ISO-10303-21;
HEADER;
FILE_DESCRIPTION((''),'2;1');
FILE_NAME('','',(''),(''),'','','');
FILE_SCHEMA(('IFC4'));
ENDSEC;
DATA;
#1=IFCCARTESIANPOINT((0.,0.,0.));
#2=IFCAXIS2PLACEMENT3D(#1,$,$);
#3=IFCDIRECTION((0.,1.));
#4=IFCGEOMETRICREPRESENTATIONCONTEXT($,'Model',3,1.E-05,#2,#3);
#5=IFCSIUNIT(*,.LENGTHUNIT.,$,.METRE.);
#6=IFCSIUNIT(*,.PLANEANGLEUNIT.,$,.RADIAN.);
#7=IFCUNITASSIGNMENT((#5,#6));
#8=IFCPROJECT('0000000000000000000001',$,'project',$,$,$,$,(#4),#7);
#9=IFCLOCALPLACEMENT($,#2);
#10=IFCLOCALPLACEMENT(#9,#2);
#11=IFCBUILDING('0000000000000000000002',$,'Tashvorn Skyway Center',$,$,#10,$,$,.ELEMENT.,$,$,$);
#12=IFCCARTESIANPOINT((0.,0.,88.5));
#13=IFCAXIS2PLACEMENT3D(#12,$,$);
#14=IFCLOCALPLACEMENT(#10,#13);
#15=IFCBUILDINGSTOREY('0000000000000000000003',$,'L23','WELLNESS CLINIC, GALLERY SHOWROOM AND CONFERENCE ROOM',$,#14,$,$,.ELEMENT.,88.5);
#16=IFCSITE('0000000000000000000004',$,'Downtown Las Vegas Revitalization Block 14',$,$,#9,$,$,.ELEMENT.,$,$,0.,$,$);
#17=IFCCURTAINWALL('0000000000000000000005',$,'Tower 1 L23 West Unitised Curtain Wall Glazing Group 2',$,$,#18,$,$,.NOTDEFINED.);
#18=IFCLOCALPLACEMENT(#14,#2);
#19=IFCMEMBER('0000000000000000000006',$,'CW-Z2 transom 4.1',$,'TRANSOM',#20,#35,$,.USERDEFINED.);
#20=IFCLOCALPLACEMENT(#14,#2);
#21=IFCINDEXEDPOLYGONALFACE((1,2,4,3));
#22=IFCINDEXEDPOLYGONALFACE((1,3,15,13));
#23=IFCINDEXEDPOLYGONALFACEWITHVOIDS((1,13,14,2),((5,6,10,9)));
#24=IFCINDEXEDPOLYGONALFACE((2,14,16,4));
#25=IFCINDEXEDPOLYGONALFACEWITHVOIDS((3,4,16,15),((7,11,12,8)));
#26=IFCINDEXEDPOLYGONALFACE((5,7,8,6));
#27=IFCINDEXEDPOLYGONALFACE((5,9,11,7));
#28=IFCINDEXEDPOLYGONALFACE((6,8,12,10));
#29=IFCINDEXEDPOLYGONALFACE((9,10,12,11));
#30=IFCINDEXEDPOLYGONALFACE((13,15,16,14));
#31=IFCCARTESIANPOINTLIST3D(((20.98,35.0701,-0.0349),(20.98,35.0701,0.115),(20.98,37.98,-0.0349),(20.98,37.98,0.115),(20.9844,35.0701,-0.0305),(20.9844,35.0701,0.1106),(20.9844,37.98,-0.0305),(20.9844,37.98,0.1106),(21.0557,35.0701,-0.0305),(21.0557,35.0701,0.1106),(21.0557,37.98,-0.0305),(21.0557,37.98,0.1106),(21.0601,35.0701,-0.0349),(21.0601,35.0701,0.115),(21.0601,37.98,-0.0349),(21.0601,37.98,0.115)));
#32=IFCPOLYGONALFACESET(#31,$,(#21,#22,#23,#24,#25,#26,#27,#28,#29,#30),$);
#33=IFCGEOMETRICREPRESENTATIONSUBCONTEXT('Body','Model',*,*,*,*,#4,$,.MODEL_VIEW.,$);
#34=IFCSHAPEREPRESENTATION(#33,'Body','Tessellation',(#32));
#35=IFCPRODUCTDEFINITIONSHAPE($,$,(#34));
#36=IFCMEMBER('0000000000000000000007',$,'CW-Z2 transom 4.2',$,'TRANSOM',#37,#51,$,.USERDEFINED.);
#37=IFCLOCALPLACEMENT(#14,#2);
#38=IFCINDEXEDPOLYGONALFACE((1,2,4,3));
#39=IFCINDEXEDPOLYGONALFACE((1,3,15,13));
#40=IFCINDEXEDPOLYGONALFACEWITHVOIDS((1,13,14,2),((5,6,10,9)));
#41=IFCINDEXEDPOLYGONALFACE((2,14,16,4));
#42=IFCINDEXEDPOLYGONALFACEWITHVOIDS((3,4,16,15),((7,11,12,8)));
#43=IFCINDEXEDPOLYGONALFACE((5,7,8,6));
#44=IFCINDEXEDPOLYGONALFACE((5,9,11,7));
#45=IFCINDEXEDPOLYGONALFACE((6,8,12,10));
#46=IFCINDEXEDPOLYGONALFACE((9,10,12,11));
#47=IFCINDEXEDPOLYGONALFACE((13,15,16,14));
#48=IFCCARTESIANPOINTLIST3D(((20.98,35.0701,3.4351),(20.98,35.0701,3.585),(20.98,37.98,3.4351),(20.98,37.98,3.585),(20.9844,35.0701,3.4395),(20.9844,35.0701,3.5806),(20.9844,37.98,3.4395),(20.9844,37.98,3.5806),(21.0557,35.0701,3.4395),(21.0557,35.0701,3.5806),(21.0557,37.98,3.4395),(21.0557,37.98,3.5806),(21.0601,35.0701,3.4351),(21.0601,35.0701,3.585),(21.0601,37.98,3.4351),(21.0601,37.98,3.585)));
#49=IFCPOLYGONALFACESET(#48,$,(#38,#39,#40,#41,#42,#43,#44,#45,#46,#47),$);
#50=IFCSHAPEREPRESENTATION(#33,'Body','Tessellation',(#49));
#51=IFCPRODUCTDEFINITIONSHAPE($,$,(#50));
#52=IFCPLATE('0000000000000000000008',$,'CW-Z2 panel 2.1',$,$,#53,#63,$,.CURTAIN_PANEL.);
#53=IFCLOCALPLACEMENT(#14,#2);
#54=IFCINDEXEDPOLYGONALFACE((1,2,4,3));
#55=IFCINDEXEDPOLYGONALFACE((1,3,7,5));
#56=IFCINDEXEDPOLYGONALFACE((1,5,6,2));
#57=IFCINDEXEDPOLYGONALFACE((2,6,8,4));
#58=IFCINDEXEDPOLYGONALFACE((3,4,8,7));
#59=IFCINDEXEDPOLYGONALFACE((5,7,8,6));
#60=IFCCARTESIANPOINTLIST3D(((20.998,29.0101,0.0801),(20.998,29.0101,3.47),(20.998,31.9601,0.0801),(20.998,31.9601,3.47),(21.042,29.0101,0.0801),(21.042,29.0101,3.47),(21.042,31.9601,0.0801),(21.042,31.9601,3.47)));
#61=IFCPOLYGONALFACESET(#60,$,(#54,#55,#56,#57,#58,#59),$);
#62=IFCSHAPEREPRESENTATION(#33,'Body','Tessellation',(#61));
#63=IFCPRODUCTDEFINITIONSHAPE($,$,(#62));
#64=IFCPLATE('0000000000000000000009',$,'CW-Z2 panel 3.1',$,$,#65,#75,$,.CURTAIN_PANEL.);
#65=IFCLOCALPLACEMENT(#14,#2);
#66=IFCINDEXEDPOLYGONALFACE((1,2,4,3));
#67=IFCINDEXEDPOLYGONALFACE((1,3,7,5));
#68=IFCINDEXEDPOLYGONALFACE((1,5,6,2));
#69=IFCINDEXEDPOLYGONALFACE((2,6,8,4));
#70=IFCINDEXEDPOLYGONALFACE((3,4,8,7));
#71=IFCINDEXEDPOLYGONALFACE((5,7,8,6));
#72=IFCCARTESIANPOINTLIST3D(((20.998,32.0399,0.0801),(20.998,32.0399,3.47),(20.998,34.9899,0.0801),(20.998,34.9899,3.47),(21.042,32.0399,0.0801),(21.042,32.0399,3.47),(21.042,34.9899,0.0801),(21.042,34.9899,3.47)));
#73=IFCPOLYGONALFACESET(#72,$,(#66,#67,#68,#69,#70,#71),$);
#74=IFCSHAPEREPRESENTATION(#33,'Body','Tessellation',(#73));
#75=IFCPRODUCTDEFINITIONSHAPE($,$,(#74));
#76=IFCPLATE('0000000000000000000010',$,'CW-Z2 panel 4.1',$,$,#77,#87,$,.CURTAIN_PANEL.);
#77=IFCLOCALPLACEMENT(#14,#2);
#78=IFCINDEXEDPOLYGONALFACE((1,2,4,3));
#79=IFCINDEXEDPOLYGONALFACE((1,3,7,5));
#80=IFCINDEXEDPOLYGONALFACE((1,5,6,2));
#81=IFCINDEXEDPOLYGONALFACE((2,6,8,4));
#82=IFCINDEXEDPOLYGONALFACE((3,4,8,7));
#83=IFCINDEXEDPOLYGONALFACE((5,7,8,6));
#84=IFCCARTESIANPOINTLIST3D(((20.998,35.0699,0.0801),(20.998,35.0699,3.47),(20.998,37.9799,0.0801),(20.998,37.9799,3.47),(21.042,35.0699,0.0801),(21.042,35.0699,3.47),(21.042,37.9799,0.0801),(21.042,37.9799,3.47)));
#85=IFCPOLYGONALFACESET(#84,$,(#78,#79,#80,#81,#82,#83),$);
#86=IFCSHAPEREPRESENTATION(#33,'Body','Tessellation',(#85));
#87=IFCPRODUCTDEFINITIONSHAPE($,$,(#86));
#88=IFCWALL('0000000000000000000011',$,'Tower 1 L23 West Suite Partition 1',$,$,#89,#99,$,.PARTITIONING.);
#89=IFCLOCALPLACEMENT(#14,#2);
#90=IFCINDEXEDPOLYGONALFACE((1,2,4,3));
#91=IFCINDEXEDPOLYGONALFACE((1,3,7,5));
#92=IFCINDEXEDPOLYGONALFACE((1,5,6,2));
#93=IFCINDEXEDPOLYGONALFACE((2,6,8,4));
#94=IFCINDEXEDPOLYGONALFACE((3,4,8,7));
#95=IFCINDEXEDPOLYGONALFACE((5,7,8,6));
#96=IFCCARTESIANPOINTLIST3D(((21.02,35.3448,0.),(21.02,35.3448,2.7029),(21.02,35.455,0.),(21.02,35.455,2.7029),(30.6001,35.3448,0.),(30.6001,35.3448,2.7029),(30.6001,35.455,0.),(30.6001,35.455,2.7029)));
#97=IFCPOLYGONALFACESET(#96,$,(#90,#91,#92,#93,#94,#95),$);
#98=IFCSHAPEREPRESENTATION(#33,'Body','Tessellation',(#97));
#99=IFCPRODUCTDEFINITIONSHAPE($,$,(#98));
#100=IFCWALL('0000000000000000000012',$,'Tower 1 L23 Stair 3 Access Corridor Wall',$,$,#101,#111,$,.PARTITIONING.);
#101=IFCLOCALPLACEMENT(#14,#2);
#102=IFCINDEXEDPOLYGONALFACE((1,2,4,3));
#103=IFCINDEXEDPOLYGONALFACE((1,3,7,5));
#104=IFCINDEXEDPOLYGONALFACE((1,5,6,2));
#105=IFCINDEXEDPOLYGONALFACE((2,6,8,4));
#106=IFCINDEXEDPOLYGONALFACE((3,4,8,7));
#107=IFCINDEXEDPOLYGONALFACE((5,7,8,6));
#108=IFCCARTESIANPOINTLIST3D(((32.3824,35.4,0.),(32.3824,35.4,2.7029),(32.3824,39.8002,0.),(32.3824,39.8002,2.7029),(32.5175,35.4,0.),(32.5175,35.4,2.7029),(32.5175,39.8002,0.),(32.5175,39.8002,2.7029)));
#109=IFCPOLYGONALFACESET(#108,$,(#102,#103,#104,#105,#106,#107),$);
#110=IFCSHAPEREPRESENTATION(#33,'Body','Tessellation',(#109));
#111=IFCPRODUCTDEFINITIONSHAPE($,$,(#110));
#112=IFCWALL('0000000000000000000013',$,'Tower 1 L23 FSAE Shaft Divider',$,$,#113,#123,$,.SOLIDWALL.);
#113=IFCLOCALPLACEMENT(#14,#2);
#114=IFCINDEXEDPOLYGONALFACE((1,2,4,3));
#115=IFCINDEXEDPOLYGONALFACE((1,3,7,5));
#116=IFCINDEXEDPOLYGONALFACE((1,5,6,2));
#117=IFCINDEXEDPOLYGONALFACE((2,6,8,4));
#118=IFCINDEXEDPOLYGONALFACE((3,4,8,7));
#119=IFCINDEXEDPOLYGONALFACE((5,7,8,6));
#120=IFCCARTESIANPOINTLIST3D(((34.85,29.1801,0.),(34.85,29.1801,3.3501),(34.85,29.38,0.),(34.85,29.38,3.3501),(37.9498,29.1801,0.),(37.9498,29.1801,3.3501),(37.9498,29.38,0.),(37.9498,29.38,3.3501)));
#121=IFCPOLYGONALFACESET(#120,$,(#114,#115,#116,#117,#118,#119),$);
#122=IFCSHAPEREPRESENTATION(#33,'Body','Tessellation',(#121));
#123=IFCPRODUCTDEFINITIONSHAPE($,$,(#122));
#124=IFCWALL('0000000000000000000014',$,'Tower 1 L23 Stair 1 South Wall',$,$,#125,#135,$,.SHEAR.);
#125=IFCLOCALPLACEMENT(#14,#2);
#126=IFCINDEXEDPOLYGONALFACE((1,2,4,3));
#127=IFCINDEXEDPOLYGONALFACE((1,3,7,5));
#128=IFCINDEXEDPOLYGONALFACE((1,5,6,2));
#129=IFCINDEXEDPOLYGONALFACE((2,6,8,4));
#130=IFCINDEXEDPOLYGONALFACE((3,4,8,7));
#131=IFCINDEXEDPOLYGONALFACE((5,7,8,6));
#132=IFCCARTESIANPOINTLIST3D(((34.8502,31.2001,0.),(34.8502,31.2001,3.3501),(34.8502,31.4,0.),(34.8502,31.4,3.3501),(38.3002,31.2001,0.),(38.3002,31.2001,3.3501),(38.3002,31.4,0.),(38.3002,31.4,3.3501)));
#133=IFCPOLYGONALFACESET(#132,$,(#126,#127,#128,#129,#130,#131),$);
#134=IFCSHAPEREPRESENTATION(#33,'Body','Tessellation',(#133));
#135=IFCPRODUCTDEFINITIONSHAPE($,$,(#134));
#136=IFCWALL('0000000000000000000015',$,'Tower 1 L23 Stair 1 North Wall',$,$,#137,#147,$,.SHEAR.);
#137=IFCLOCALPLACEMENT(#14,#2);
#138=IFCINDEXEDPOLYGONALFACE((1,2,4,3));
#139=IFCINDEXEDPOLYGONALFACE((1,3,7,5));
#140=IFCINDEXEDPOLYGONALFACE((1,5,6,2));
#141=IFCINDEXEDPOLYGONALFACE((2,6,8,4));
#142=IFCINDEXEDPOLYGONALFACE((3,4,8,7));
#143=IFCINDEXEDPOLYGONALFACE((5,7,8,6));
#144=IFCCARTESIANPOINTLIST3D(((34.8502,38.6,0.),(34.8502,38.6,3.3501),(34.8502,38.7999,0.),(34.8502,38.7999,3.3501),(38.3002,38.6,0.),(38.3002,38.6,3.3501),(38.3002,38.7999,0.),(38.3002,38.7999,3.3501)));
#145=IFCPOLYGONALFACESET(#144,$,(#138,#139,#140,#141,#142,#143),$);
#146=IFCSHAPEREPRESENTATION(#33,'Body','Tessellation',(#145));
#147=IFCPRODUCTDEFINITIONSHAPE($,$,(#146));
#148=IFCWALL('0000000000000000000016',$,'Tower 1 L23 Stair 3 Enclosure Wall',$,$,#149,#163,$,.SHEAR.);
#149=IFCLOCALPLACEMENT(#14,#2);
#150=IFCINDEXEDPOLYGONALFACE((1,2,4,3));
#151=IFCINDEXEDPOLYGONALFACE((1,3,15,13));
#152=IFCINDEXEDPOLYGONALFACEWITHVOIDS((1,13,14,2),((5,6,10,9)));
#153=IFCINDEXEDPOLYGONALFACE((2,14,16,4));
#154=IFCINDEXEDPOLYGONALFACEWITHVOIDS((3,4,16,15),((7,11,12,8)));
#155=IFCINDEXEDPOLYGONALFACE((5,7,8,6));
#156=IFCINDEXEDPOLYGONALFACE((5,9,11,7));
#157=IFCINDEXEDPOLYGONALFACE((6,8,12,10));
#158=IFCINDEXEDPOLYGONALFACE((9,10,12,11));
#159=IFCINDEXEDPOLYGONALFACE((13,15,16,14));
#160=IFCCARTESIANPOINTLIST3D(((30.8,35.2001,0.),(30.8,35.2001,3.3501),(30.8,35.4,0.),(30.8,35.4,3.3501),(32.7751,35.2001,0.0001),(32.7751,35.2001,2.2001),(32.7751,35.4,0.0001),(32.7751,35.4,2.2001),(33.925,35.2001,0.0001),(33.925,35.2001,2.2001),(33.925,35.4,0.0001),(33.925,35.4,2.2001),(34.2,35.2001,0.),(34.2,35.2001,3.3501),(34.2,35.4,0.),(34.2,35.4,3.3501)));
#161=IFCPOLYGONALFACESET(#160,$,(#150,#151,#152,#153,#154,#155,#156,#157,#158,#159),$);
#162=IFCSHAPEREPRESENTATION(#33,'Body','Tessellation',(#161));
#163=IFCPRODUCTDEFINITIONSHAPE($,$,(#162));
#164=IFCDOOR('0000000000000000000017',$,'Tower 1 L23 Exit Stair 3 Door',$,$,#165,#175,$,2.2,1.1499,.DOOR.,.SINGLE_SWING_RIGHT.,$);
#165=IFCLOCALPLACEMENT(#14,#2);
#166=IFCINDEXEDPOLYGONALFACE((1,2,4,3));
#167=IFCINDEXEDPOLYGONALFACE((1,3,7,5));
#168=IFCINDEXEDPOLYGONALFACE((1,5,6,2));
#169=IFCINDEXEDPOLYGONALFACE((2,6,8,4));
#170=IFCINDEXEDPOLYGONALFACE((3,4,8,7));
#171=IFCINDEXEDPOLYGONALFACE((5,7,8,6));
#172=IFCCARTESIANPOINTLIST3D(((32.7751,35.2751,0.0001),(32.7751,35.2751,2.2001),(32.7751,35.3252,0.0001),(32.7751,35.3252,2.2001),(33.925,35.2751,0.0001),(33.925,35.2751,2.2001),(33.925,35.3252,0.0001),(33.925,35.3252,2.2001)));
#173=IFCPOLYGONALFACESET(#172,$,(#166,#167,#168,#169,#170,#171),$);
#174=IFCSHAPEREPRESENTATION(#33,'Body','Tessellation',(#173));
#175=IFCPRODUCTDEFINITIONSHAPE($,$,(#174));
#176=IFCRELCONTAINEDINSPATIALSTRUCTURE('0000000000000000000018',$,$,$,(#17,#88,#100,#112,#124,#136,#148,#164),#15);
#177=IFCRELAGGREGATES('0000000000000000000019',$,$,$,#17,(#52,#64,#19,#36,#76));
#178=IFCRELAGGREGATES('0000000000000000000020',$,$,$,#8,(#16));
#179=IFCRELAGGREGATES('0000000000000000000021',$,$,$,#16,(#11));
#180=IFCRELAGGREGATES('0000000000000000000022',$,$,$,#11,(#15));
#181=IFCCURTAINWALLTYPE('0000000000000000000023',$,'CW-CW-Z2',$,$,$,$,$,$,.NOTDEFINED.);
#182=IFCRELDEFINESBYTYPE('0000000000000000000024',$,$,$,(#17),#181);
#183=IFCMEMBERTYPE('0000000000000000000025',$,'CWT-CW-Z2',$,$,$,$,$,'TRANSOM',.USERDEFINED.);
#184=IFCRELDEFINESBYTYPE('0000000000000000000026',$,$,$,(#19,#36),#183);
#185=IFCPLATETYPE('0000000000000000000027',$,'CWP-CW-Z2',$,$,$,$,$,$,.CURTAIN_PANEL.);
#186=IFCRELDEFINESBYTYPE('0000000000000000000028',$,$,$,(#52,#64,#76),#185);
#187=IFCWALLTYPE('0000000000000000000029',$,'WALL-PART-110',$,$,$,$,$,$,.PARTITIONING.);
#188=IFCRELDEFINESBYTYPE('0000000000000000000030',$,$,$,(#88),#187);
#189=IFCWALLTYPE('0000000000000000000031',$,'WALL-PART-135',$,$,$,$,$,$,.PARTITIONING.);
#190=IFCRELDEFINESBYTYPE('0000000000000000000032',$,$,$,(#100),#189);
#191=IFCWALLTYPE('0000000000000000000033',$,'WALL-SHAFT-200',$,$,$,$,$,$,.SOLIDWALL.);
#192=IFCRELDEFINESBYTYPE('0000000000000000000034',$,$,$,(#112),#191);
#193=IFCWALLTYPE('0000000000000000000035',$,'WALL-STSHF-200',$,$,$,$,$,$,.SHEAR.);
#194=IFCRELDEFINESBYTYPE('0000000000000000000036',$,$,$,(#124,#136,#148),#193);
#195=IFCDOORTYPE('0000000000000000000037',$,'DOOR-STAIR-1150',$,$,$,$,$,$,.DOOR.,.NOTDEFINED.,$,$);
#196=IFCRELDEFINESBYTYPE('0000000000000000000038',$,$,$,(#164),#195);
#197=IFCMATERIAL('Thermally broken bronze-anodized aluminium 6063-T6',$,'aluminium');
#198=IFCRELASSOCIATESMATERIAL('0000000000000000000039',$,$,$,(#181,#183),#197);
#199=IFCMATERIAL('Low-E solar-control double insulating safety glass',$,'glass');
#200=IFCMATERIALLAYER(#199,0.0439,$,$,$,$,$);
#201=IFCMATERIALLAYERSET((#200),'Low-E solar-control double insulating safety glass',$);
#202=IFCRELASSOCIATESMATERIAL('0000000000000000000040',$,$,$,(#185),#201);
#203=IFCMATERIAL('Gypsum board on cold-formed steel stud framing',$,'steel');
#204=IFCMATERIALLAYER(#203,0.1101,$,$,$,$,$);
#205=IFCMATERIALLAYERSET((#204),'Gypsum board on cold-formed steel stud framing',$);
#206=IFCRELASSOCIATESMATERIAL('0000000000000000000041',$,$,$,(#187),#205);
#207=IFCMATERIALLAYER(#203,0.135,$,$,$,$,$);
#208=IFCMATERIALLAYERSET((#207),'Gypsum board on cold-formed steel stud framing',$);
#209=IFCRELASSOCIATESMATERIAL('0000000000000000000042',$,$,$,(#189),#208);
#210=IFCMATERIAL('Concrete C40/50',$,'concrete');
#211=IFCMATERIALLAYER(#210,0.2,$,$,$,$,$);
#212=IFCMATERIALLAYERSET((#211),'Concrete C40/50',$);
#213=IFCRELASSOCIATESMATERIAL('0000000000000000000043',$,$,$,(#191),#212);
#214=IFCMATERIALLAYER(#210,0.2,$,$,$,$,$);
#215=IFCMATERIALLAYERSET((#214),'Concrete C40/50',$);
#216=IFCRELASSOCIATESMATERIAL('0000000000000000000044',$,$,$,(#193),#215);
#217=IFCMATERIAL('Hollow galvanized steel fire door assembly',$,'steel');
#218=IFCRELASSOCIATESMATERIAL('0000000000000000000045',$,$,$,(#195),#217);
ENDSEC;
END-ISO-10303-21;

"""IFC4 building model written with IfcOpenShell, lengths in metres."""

from ifc_helpers import new_model, si_unit, direction, frame, frame_2d, origin, origin_2d, place, context, subcontext, project, spatial, rectangle, hollow_rectangle, extrude, material, layer, layer_set, material_profile, profile_set, type_object, element, fill, aggregate, save


model = new_model("IFC4")

# Units and contexts
model_context = context("Model", 3, precision=1e-05, world=origin(), true_north=direction((0.0, 1.0)))
body_context = subcontext(model_context, "Body", "Model", "MODEL_VIEW")
ifc_project = project(units=[si_unit("LENGTHUNIT", "METRE"), si_unit("PLANEANGLEUNIT", "RADIAN")], contexts=[model_context])

# Site, building, storey
site_placement = place(None, origin())
site = spatial("IfcSite", under=ifc_project, at=site_placement, Name="Downtown Las Vegas Revitalization Block 14", CompositionType="ELEMENT", RefElevation=0.0)
building_placement = place(site_placement, origin())
building = spatial("IfcBuilding", under=site, at=building_placement, Name="Tashvorn Skyway Center", CompositionType="ELEMENT")
storey_placement = place(building_placement, frame((0.0, 0.0, 88.5)))
storey = spatial("IfcBuildingStorey", under=building, at=storey_placement, Name="L23", Description="WELLNESS CLINIC, GALLERY SHOWROOM AND CONFERENCE ROOM", CompositionType="ELEMENT", Elevation=88.5)

# Curtain wall, members, plates
ifc_material_1 = material(Name="Thermally broken bronze-anodized aluminium 6063-T6", Category="aluminium")
curtain_wall_type = type_object("IfcCurtainWallType", Name="CW-CW-Z2", PredefinedType="NOTDEFINED", material=ifc_material_1)
curtain_wall_placement = place(storey_placement, origin())
curtain_wall = element("IfcCurtainWall", 1, at=curtain_wall_placement, inside=storey, type_object=curtain_wall_type, Name="Tower 1 L23 West Unitised Curtain Wall Glazing Group 2", PredefinedType="NOTDEFINED")
ifc_material_profile_1 = material_profile(ifc_material_1, hollow_rectangle(XDim=0.0801, YDim=0.1499, WallThickness=0.0044, at=origin_2d()), Name="ALU-TRAN-80x150")
ifc_profile_set_1 = profile_set([ifc_material_profile_1], Name="Thermally broken bronze-anodized aluminium 6063-T6")
member_type_1 = type_object("IfcMemberType", Name="CWT-CW-Z2", ElementType="TRANSOM", PredefinedType="USERDEFINED", material=ifc_profile_set_1)
member_1_placement = place(storey_placement, frame((21.02, 35.0701, 0.04), z_axis=(0.0, 1.0, 0.0), x_axis=(-1.0, 0.0, 0.0)))
member_1 = element("IfcMember", 2, at=member_1_placement, type_object=member_type_1, Name="CW-Z2 transom 4.1", ObjectType="TRANSOM", PredefinedType="USERDEFINED", context=body_context, shape_type="SweptSolid", body=[
    extrude(hollow_rectangle(XDim=0.0801, YDim=0.1499, WallThickness=0.0044, at=origin_2d()), origin(), (0.0, 0.0, 1.0), 2.9099),
])
member_2_placement = place(storey_placement, frame((21.02, 35.0701, 3.51), z_axis=(0.0, 1.0, 0.0), x_axis=(-1.0, 0.0, 0.0)))
member_2 = element("IfcMember", 3, at=member_2_placement, type_object=member_type_1, Name="CW-Z2 transom 4.2", ObjectType="TRANSOM", PredefinedType="USERDEFINED", context=body_context, shape_type="SweptSolid", body=[
    extrude(hollow_rectangle(XDim=0.0801, YDim=0.1499, WallThickness=0.0044, at=origin_2d()), origin(), (0.0, 0.0, 1.0), 2.9099),
])
ifc_material_2 = material(Name="Low-E solar-control double insulating safety glass", Category="glass")
ifc_layer_1 = layer(ifc_material_2, 0.0439)
ifc_layer_set_1 = layer_set([ifc_layer_1], Name="Low-E solar-control double insulating safety glass")
plate_type = type_object("IfcPlateType", Name="CWP-CW-Z2", PredefinedType="CURTAIN_PANEL", material=ifc_layer_set_1)
plate_1_placement = place(storey_placement, frame((21.02, 30.4851, 0.0801), z_axis=(0.0, 0.0, 1.0), x_axis=(0.0, 1.0, 0.0)))
plate_1 = element("IfcPlate", 4, at=plate_1_placement, type_object=plate_type, Name="CW-Z2 panel 2.1", PredefinedType="CURTAIN_PANEL", context=body_context, shape_type="SweptSolid", body=[
    extrude(rectangle(XDim=2.95, YDim=0.0439, at=origin_2d()), origin(), (0.0, 0.0, 1.0), 3.3899),
])
plate_2_placement = place(storey_placement, frame((21.02, 33.5149, 0.0801), z_axis=(0.0, 0.0, 1.0), x_axis=(0.0, 1.0, 0.0)))
plate_2 = element("IfcPlate", 5, at=plate_2_placement, type_object=plate_type, Name="CW-Z2 panel 3.1", PredefinedType="CURTAIN_PANEL", context=body_context, shape_type="SweptSolid", body=[
    extrude(rectangle(XDim=2.95, YDim=0.0439, at=origin_2d()), origin(), (0.0, 0.0, 1.0), 3.3899),
])
plate_3_placement = place(storey_placement, frame((21.02, 36.5249, 0.0801), z_axis=(0.0, 0.0, 1.0), x_axis=(0.0, 1.0, 0.0)))
plate_3 = element("IfcPlate", 6, at=plate_3_placement, type_object=plate_type, Name="CW-Z2 panel 4.1", PredefinedType="CURTAIN_PANEL", context=body_context, shape_type="SweptSolid", body=[
    extrude(rectangle(XDim=2.9099, YDim=0.0439, at=origin_2d()), origin(), (0.0, 0.0, 1.0), 3.3899),
])
aggregate(curtain_wall, [plate_1, plate_2, member_1, member_2, plate_3])

# Walls
ifc_material_3 = material(Name="Gypsum board on cold-formed steel stud framing", Category="steel")
ifc_layer_2 = layer(ifc_material_3, 0.1101)
ifc_layer_set_2 = layer_set([ifc_layer_2], Name="Gypsum board on cold-formed steel stud framing")
wall_type_1 = type_object("IfcWallType", Name="WALL-PART-110", PredefinedType="PARTITIONING", material=ifc_layer_set_2)
wall_1_placement = place(storey_placement, frame((30.6001, 35.3999, 0.0), z_axis=(0.0, 0.0, 1.0), x_axis=(-1.0, 0.0, 0.0)))
element("IfcWall", 7, at=wall_1_placement, inside=storey, type_object=wall_type_1, Name="Tower 1 L23 West Suite Partition 1", PredefinedType="PARTITIONING", context=body_context, shape_type="SweptSolid", body=[
    extrude(rectangle(XDim=9.5801, YDim=0.1101, at=frame_2d((4.79, 0.0))), origin(), (0.0, 0.0, 1.0), 2.7029),
])
ifc_layer_3 = layer(ifc_material_3, 0.135)
ifc_layer_set_3 = layer_set([ifc_layer_3], Name="Gypsum board on cold-formed steel stud framing")
wall_type_2 = type_object("IfcWallType", Name="WALL-PART-135", PredefinedType="PARTITIONING", material=ifc_layer_set_3)
wall_2_placement = place(storey_placement, frame((32.45, 35.3999, 0.0), z_axis=(0.0, 0.0, 1.0), x_axis=(0.0, 1.0, 0.0)))
element("IfcWall", 8, at=wall_2_placement, inside=storey, type_object=wall_type_2, Name="Tower 1 L23 Stair 3 Access Corridor Wall", PredefinedType="PARTITIONING", context=body_context, shape_type="SweptSolid", body=[
    extrude(rectangle(XDim=4.4001, YDim=0.135, at=frame_2d((2.2002, 0.0))), origin(), (0.0, 0.0, 1.0), 2.7029),
])
ifc_material_4 = material(Name="Concrete C40/50", Category="concrete")
ifc_layer_4 = layer(ifc_material_4, 0.2)
ifc_layer_set_4 = layer_set([ifc_layer_4], Name="Concrete C40/50")
wall_type_3 = type_object("IfcWallType", Name="WALL-SHAFT-200", PredefinedType="SOLIDWALL", material=ifc_layer_set_4)
wall_3_placement = place(storey_placement, frame((34.8501, 29.28, 0.0), z_axis=(0.0, 0.0, 1.0), x_axis=(1.0, 0.0, 0.0)))
element("IfcWall", 9, at=wall_3_placement, inside=storey, type_object=wall_type_3, Name="Tower 1 L23 FSAE Shaft Divider", PredefinedType="SOLIDWALL", context=body_context, shape_type="SweptSolid", body=[
    extrude(rectangle(XDim=3.0999, YDim=0.2, at=frame_2d((1.5498, 0.0))), origin(), (0.0, 0.0, 1.0), 3.3501),
])
ifc_layer_5 = layer(ifc_material_4, 0.2)
ifc_layer_set_5 = layer_set([ifc_layer_5], Name="Concrete C40/50")
wall_type_4 = type_object("IfcWallType", Name="WALL-STSHF-200", PredefinedType="SHEAR", material=ifc_layer_set_5)
for number, where, z_axis, x_axis, name in (
    (10, (34.8501, 31.3, 0.0), (0.0, 0.0, 1.0), (1.0, 0.0, 0.0), "Tower 1 L23 Stair 1 South Wall"),
    (11, (34.8501, 38.7, 0.0), (0.0, 0.0, 1.0), (1.0, 0.0, 0.0), "Tower 1 L23 Stair 1 North Wall"),
):
    element("IfcWall", number, at=place(storey_placement, frame(where, z_axis=z_axis, x_axis=x_axis)), inside=storey, type_object=wall_type_4, Name=name, PredefinedType="SHEAR", context=body_context, shape_type="SweptSolid", body=[
        extrude(rectangle(XDim=3.45, YDim=0.2, at=frame_2d((1.7251, 0.0))), origin(), (0.0, 0.0, 1.0), 3.3501),
    ])

# Wall, opening, door
wall_4_placement = place(storey_placement, frame((34.2, 35.3, 0.0), z_axis=(0.0, 0.0, 1.0), x_axis=(-1.0, 0.0, 0.0)))
wall_4 = element("IfcWall", 12, at=wall_4_placement, inside=storey, type_object=wall_type_4, Name="Tower 1 L23 Stair 3 Enclosure Wall", PredefinedType="SHEAR", context=body_context, shape_type="SweptSolid", body=[
    extrude(rectangle(XDim=3.3999, YDim=0.2, at=frame_2d((1.7, 0.0))), origin(), (0.0, 0.0, 1.0), 3.3501),
])
opening_placement = place(wall_4_placement, frame((0.2749, 0.0, 0.0)))
opening = element("IfcOpeningElement", 13, at=opening_placement, cuts=wall_4, PredefinedType="OPENING", context=body_context, shape_type="SweptSolid", body=[
    extrude(rectangle(XDim=1.1499, YDim=2.2, at=frame_2d((0.575, 1.1001))), frame((0.0, 0.1099, 0.0), z_axis=(0.0, -1.0, 0.0), x_axis=(1.0, 0.0, 0.0)), (0.0, 0.0, 1.0), 0.22),
])
ifc_material_5 = material(Name="Hollow galvanized steel fire door assembly", Category="steel")
door_type = type_object("IfcDoorType", Name="DOOR-STAIR-1150", OperationType="NOTDEFINED", PredefinedType="DOOR", material=ifc_material_5)
door_placement = place(opening_placement, origin())
door = element("IfcDoor", 14, at=door_placement, inside=storey, type_object=door_type, Name="Tower 1 L23 Exit Stair 3 Door", OperationType="SINGLE_SWING_RIGHT", OverallHeight=2.2, OverallWidth=1.1499, PredefinedType="DOOR", context=body_context, shape_type="SweptSolid", body=[
    extrude(rectangle(XDim=1.1499, YDim=2.2, at=frame_2d((0.575, 1.1001))), frame((0.0, 0.0249, 0.0), z_axis=(0.0, -1.0, 0.0), x_axis=(1.0, 0.0, 0.0)), (0.0, 0.0, 1.0), 0.05),
])
fill(opening, door)

save(model, "model.ifc")
